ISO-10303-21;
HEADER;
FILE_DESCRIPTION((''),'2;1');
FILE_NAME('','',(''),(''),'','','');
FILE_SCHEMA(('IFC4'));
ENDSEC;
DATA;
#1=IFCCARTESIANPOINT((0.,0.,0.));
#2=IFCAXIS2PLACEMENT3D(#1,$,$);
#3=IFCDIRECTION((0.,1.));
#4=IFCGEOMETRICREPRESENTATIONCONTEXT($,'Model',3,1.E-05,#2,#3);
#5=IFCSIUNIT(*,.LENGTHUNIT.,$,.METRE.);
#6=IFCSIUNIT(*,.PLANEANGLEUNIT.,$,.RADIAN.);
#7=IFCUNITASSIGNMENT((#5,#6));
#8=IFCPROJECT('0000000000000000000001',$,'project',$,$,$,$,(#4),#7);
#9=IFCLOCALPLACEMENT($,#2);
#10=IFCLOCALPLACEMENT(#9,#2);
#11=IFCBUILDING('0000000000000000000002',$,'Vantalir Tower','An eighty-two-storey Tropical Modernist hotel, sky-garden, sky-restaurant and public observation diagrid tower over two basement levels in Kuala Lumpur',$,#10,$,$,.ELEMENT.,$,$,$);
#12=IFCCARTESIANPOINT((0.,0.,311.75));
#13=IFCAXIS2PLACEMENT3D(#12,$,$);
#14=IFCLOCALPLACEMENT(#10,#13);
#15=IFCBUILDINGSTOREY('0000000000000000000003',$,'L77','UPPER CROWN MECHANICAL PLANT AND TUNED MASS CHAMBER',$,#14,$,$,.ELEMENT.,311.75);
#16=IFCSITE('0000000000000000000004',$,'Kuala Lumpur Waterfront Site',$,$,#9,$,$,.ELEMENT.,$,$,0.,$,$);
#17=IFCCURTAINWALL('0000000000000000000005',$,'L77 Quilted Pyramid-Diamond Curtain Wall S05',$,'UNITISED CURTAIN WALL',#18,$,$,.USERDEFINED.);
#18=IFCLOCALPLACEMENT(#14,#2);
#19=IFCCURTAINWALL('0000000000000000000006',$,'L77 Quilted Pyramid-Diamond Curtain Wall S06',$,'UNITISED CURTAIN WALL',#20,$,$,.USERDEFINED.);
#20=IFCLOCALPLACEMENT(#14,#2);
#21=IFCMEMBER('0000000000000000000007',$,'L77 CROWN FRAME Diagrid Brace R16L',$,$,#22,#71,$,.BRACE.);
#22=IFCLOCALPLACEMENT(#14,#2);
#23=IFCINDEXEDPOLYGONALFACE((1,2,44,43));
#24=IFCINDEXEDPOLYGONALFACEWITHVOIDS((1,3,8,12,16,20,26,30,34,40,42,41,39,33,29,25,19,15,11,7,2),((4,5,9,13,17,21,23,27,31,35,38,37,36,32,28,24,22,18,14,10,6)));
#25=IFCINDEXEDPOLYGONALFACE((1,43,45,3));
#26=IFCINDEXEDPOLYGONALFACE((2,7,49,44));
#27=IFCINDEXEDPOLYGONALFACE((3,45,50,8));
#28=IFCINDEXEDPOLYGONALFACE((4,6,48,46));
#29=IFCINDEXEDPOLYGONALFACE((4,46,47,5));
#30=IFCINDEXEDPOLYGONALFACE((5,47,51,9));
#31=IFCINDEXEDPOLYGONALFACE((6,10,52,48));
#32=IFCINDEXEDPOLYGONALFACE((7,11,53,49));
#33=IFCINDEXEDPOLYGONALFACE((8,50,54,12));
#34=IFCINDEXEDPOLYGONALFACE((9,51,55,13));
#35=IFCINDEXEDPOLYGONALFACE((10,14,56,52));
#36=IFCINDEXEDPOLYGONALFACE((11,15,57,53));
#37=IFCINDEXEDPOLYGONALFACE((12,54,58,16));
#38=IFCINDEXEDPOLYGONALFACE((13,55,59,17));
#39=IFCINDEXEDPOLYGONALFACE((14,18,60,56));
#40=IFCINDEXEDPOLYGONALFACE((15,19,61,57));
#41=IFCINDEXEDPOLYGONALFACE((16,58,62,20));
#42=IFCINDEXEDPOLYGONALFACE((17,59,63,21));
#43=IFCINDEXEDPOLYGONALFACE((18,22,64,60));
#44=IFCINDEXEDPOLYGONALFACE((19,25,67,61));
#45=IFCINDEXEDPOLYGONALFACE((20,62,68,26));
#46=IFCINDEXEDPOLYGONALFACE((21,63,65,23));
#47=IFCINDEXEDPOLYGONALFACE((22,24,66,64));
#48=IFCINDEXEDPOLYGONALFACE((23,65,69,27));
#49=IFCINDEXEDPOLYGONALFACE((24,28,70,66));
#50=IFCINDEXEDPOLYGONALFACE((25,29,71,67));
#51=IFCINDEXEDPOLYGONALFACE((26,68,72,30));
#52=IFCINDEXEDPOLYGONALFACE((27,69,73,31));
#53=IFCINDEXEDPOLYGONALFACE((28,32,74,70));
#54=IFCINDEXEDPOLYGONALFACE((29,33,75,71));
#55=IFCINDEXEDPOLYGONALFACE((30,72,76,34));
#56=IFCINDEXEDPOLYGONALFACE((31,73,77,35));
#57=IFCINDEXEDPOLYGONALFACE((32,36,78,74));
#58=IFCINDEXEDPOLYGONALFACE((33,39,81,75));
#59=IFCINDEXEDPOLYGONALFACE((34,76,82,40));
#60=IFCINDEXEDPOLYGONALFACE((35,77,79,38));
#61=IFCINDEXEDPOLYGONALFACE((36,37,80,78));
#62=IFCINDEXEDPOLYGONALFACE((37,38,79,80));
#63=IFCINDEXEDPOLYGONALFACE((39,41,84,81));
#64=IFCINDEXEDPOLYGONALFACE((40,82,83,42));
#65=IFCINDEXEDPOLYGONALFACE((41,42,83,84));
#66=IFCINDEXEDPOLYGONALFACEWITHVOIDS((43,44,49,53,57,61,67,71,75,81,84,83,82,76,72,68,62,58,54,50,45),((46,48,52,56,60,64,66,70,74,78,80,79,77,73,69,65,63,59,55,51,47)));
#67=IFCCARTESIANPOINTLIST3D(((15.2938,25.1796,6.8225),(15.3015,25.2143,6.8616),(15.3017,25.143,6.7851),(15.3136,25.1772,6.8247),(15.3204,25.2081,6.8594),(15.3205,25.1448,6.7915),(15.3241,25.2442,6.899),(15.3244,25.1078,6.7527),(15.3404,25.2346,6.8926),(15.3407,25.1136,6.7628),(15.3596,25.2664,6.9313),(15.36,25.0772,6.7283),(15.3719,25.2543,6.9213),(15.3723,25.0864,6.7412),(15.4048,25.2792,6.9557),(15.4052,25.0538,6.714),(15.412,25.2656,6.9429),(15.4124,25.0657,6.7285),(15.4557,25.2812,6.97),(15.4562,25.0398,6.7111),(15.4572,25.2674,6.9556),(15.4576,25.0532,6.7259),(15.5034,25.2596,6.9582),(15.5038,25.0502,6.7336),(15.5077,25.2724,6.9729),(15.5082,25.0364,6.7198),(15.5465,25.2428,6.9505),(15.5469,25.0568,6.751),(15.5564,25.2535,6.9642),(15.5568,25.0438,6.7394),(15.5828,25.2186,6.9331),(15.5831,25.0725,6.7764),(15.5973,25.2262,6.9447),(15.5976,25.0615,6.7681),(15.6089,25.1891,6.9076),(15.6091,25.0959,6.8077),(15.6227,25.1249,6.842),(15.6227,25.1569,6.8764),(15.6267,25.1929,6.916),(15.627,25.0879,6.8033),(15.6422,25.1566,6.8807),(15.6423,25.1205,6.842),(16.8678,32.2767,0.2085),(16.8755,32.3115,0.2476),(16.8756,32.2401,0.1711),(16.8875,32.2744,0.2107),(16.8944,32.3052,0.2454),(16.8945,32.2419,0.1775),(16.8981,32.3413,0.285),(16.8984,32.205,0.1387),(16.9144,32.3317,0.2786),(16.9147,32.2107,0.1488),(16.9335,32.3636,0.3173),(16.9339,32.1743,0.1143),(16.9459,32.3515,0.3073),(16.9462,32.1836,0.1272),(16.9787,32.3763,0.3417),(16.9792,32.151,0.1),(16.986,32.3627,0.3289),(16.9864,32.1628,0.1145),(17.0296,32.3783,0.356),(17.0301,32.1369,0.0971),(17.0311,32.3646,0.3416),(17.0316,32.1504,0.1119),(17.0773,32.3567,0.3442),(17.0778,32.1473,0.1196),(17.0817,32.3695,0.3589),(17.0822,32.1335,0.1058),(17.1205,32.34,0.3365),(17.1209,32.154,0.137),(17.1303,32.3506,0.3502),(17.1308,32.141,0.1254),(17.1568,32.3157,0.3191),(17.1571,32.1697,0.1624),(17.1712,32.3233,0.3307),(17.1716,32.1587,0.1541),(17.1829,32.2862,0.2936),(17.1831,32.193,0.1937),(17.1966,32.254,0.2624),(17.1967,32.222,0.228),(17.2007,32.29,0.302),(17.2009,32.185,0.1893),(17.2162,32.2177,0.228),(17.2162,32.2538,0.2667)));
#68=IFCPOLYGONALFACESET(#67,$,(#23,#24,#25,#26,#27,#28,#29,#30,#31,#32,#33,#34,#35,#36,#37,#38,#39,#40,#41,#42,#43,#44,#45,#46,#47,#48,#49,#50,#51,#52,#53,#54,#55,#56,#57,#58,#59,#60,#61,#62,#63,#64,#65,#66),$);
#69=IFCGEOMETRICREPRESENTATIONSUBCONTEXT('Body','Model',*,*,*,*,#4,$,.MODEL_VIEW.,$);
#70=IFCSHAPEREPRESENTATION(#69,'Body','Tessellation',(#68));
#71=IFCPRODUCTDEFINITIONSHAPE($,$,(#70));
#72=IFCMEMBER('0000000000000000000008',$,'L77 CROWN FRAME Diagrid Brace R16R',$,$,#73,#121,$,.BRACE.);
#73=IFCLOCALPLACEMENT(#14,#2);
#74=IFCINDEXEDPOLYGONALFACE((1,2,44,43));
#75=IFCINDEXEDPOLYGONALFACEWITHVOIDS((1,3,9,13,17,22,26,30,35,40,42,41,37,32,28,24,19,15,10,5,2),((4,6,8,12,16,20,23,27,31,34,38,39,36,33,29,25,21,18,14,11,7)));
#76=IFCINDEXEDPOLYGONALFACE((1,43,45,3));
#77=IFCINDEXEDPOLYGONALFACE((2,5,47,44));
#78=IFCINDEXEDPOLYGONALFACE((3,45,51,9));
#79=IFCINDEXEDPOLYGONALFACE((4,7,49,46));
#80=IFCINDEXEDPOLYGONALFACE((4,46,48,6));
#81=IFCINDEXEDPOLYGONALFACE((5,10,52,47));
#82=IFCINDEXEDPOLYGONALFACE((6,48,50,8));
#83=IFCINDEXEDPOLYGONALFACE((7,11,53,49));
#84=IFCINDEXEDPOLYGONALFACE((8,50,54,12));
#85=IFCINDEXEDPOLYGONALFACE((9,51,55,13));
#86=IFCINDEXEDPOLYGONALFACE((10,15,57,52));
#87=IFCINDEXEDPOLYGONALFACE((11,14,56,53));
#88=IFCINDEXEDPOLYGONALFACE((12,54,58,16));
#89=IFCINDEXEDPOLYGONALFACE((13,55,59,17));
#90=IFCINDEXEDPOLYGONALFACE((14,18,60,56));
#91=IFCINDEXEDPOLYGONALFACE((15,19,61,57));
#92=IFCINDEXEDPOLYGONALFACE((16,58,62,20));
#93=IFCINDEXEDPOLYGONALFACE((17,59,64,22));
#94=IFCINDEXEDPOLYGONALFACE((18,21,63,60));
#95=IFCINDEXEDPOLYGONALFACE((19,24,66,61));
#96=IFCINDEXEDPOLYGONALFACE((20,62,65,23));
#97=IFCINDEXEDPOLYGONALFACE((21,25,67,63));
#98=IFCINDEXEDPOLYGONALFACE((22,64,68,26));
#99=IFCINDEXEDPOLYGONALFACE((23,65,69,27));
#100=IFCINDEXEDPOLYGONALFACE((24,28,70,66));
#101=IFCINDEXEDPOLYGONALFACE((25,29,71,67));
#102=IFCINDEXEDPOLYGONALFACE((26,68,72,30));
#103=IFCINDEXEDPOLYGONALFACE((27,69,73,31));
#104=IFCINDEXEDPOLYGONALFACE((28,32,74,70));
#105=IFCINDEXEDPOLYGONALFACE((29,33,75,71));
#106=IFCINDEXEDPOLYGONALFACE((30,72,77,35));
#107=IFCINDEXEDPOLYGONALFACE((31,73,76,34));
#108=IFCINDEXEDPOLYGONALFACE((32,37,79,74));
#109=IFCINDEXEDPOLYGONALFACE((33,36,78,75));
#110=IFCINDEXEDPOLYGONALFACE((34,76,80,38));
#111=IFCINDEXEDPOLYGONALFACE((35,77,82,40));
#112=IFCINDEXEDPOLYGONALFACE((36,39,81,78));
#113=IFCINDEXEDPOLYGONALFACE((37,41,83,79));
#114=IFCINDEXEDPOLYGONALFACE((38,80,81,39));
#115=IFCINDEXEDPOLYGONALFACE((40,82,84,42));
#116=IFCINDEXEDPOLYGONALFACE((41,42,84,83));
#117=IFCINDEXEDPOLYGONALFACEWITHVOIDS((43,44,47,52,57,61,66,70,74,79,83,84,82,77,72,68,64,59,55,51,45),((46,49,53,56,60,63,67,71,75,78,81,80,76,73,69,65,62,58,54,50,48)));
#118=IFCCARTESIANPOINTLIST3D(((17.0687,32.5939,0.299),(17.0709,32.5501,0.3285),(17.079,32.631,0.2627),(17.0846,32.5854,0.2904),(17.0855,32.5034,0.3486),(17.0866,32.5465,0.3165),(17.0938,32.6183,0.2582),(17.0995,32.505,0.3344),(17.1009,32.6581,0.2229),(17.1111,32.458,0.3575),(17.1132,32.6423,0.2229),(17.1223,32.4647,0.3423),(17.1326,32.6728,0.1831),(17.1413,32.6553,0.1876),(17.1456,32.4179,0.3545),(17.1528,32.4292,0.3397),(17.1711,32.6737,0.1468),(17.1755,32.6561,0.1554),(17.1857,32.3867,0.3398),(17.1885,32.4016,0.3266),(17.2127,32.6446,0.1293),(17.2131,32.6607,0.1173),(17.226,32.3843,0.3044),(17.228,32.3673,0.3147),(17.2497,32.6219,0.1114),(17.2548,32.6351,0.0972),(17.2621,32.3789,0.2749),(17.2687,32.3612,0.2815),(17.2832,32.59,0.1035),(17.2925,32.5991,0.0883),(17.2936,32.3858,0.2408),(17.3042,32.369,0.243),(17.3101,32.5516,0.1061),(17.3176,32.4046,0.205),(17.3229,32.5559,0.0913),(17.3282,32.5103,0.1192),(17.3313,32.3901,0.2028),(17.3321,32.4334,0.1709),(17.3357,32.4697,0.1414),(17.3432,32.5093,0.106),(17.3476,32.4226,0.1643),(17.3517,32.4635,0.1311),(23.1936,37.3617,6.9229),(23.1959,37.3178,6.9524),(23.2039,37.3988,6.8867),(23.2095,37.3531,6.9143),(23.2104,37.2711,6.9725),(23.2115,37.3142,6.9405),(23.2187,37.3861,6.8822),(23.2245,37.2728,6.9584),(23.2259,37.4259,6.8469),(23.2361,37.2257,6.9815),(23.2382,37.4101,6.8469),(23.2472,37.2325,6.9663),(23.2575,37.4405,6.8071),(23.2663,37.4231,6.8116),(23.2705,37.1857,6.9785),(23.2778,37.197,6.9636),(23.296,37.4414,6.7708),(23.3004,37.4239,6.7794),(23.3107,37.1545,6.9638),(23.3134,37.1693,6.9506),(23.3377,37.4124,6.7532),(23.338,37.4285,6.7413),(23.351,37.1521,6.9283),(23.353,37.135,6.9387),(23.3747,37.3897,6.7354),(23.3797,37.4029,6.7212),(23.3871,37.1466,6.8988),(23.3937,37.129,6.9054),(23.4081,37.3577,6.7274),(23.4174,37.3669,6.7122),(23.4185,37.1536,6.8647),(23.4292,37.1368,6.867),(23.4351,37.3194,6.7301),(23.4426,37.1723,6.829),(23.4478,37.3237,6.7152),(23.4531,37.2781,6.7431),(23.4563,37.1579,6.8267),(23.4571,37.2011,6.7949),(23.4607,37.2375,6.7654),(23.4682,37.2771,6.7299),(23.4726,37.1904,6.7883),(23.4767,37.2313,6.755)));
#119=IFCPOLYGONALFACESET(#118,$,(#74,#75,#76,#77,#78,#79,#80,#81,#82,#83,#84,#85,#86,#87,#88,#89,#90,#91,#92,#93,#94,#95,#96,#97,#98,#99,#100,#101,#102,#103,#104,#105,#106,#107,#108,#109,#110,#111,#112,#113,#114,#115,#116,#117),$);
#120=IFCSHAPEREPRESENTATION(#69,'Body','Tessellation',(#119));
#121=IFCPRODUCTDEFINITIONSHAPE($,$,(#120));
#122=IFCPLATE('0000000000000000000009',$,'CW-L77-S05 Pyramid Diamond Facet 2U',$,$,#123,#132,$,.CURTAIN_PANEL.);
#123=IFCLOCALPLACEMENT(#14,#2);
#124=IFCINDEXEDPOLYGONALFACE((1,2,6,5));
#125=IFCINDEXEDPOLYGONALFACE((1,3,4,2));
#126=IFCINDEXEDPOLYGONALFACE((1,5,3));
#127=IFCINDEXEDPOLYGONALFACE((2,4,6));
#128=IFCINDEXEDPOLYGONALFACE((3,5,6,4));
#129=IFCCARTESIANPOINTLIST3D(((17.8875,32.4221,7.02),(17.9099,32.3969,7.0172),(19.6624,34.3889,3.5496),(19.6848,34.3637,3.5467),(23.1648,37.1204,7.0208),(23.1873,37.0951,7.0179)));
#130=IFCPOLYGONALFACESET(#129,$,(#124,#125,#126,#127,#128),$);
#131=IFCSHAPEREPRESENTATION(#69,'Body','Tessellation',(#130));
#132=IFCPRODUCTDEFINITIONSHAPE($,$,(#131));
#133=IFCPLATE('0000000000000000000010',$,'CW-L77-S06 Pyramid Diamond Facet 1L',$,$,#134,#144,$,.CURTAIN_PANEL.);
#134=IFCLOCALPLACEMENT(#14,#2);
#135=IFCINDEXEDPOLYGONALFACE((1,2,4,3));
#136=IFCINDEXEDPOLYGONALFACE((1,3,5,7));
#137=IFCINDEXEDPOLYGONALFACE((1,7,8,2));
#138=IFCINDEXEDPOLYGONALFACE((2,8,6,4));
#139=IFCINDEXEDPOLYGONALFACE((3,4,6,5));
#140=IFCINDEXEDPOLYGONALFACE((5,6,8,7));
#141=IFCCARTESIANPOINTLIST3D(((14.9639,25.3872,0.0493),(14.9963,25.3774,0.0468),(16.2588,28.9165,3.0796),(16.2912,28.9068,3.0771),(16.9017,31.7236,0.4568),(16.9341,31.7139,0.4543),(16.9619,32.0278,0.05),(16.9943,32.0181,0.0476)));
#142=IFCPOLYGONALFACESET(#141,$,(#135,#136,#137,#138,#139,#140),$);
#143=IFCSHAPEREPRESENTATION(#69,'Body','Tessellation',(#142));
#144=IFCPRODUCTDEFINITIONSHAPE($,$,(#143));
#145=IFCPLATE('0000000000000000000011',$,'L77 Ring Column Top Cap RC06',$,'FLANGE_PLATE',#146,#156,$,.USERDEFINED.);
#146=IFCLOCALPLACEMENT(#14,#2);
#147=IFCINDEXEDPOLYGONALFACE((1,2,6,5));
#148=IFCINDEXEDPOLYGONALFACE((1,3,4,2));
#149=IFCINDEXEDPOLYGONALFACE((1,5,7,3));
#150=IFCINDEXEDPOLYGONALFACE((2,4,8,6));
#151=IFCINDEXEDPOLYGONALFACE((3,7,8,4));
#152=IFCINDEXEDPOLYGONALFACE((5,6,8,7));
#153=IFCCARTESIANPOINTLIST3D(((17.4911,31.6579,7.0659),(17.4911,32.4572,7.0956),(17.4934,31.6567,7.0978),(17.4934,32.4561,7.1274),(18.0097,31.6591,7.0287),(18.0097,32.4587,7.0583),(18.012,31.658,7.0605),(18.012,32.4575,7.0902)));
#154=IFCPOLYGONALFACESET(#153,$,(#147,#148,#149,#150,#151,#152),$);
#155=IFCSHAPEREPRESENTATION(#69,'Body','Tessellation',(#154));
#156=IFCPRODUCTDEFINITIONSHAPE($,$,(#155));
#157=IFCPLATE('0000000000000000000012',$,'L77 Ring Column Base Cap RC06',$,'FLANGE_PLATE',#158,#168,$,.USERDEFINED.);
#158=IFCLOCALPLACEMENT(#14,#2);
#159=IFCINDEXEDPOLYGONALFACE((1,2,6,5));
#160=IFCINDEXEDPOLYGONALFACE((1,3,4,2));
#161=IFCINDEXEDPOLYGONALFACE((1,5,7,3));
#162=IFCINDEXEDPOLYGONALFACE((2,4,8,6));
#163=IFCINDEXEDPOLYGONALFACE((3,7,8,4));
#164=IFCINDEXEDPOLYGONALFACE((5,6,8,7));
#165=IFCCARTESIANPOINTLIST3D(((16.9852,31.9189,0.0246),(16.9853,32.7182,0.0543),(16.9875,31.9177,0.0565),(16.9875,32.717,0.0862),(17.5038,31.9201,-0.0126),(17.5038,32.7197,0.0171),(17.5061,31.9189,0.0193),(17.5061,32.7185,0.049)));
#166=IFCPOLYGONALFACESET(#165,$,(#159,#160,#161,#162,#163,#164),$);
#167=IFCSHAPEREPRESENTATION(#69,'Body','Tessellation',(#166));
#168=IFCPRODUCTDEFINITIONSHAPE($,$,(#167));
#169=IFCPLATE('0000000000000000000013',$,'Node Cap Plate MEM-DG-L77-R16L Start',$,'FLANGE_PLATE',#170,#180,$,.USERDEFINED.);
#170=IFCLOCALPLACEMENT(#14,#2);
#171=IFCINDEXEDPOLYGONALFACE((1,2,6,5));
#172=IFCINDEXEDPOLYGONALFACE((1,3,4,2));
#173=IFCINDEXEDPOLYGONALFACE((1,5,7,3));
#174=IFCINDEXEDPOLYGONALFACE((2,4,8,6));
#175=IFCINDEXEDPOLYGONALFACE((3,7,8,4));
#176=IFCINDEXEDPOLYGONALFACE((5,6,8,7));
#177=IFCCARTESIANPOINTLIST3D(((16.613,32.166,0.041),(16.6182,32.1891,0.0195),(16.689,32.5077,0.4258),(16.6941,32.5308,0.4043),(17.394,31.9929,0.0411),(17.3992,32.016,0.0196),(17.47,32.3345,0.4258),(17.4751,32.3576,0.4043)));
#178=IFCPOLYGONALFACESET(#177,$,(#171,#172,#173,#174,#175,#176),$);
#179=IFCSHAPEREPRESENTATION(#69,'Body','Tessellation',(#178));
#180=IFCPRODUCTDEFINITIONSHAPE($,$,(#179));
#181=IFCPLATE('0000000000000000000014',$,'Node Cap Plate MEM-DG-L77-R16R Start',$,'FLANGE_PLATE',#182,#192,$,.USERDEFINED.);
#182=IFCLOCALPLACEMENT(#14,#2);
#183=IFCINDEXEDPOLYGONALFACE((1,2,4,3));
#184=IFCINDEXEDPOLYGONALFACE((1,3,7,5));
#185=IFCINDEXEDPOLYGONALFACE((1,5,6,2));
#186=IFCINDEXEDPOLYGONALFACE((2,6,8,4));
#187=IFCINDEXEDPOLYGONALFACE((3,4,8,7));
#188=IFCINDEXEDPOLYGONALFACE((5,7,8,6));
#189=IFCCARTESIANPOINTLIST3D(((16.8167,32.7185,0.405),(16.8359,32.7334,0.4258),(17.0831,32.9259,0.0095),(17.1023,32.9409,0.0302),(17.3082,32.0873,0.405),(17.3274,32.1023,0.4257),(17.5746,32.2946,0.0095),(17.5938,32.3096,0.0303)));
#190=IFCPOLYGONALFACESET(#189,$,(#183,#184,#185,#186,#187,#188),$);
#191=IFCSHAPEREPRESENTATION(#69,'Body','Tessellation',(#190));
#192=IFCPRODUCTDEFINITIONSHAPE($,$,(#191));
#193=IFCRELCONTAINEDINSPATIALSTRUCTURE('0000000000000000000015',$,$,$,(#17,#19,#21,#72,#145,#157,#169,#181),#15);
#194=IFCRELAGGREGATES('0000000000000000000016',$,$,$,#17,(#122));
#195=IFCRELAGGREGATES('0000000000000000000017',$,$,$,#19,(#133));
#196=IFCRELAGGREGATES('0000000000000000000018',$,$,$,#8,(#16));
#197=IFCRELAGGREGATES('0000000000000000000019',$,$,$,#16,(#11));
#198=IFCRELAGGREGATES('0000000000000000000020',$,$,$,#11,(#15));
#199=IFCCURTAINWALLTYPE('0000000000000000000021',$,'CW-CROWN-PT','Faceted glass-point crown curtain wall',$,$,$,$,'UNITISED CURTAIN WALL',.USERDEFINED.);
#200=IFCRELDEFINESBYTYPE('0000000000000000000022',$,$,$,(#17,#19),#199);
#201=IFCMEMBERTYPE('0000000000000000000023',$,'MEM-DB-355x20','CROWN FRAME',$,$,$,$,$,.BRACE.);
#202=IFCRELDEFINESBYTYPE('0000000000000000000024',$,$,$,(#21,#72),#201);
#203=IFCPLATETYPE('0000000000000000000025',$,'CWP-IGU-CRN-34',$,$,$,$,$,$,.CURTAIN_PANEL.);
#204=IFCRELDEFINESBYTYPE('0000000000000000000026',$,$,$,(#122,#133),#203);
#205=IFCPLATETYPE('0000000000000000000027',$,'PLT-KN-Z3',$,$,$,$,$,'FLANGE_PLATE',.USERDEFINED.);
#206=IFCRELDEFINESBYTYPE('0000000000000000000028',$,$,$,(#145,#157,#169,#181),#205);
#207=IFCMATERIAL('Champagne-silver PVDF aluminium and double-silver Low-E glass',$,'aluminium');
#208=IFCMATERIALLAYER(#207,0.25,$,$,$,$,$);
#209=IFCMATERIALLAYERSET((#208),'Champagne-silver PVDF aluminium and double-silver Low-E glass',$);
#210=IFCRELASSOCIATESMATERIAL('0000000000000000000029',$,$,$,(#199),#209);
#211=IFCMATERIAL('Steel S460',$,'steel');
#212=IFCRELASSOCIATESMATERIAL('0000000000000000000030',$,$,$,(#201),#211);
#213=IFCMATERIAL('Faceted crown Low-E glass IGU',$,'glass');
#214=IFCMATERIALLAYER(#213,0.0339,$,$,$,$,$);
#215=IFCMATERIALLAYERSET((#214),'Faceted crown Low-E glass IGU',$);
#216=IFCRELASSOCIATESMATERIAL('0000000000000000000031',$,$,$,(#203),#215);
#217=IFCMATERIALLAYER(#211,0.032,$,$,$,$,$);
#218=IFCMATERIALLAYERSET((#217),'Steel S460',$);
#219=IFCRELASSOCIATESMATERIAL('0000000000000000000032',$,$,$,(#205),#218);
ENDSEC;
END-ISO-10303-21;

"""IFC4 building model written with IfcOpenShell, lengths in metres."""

from ifc_helpers import new_model, si_unit, direction, frame, origin, origin_2d, place, context, subcontext, project, spatial, polyline, hollow_circle, outline, extrude, material, layer, layer_set, material_profile, profile_set, type_object, element, aggregate, save


model = new_model("IFC4")

# Units and contexts
model_context = context("Model", 3, precision=1e-05, world=origin(), true_north=direction((0.0, 1.0)))
body_context = subcontext(model_context, "Body", "Model", "MODEL_VIEW")
ifc_project = project(units=[si_unit("LENGTHUNIT", "METRE"), si_unit("PLANEANGLEUNIT", "RADIAN")], contexts=[model_context])

# Site, building, storey
site_placement = place(None, origin())
site = spatial("IfcSite", under=ifc_project, at=site_placement, Name="Kuala Lumpur Waterfront Site", CompositionType="ELEMENT", RefElevation=0.0)
building_placement = place(site_placement, origin())
building = spatial("IfcBuilding", under=site, at=building_placement, Name="Vantalir Tower", Description="An eighty-two-storey Tropical Modernist hotel, sky-garden, sky-restaurant and public observation diagrid tower over two basement levels in Kuala Lumpur", CompositionType="ELEMENT")
storey_placement = place(building_placement, frame((0.0, 0.0, 311.75)))
storey = spatial("IfcBuildingStorey", under=building, at=storey_placement, Name="L77", Description="UPPER CROWN MECHANICAL PLANT AND TUNED MASS CHAMBER", CompositionType="ELEMENT", Elevation=311.75)

# Shared definitions
ifc_material_1 = material(Name="Steel S460", Category="steel")

# Curtain wall
ifc_material_2 = material(Name="Champagne-silver PVDF aluminium and double-silver Low-E glass", Category="aluminium")
ifc_layer_1 = layer(ifc_material_2, 0.25)
ifc_layer_set_1 = layer_set([ifc_layer_1], Name="Champagne-silver PVDF aluminium and double-silver Low-E glass")
curtain_wall_type = type_object("IfcCurtainWallType", Name="CW-CROWN-PT", Description="Faceted glass-point crown curtain wall", ElementType="UNITISED CURTAIN WALL", PredefinedType="USERDEFINED", material=ifc_layer_set_1)
curtain_wall_1_placement = place(storey_placement, origin())
curtain_wall_1 = element("IfcCurtainWall", 1, at=curtain_wall_1_placement, inside=storey, type_object=curtain_wall_type, Name="L77 Quilted Pyramid-Diamond Curtain Wall S05", ObjectType="UNITISED CURTAIN WALL", PredefinedType="USERDEFINED")

# Curtain wall
curtain_wall_2_placement = place(storey_placement, origin())
curtain_wall_2 = element("IfcCurtainWall", 2, at=curtain_wall_2_placement, inside=storey, type_object=curtain_wall_type, Name="L77 Quilted Pyramid-Diamond Curtain Wall S06", ObjectType="UNITISED CURTAIN WALL", PredefinedType="USERDEFINED")

# Members
ifc_material_profile_1 = material_profile(ifc_material_1, hollow_circle(Radius=0.1775, WallThickness=0.02, at=origin_2d()), Name="Steel S460")
ifc_profile_set_1 = profile_set([ifc_material_profile_1], Name="Steel S460")
member_type_1 = type_object("IfcMemberType", Name="MEM-DB-355x20", Description="CROWN FRAME", PredefinedType="BRACE", material=ifc_profile_set_1)
member_1_placement = place(storey_placement, frame((17.043, 32.2561, 0.228), z_axis=(-0.16015, -0.722127, 0.672967), x_axis=(0.976279, -0.216514, 0.0)))
element("IfcMember", 3, at=member_1_placement, inside=storey, type_object=member_type_1, Name="L77 CROWN FRAME Diagrid Brace R16L", PredefinedType="BRACE", context=body_context, shape_type="SweptSolid", body=[
    extrude(hollow_circle(Radius=0.1775, WallThickness=0.02, at=origin_2d()), origin(), (0.0, 0.0, 1.0), 9.8281),
])
member_2_placement = place(storey_placement, frame((17.21, 32.5181, 0.2229), z_axis=(0.600244, 0.467242, 0.649148), x_axis=(-0.614256, 0.789107, 0.0)))
element("IfcMember", 4, at=member_2_placement, inside=storey, type_object=member_type_1, Name="L77 CROWN FRAME Diagrid Brace R16R", PredefinedType="BRACE", context=body_context, shape_type="SweptSolid", body=[
    extrude(hollow_circle(Radius=0.1775, WallThickness=0.02, at=origin_2d()), origin(), (0.0, 0.0, 1.0), 10.2041),
])

# Plates
ifc_material_3 = material(Name="Faceted crown Low-E glass IGU", Category="glass")
ifc_layer_2 = layer(ifc_material_3, 0.0339)
ifc_layer_set_2 = layer_set([ifc_layer_2], Name="Faceted crown Low-E glass IGU")
plate_type_1 = type_object("IfcPlateType", Name="CWP-IGU-CRN-34", PredefinedType="CURTAIN_PANEL", material=ifc_layer_set_2)
plate_1_placement = place(storey_placement, frame((17.8875, 32.4221, 7.02), z_axis=(-0.662655, 0.74432, 0.082922), x_axis=(0.746898, 0.664938, 0.000104)))
plate_1 = element("IfcPlate", 5, at=plate_1_placement, type_object=plate_type_1, Name="CW-L77-S05 Pyramid Diamond Facet 2U", PredefinedType="CURTAIN_PANEL", context=body_context, shape_type="SweptSolid", body=[
    extrude(outline(polyline([(0.0, 0.0), (7.0657, 0.0), (2.6331, 3.4827), (0.0, 0.0)])), origin(), (0.0, 0.0, -1.0), 0.0339),
])
aggregate(curtain_wall_1, [plate_1])
plate_2_placement = place(storey_placement, frame((16.9619, 32.0278, 0.05), z_axis=(-0.955012, 0.28733, 0.073439), x_axis=(-0.288115, -0.957596, -0.000106)))
plate_2 = element("IfcPlate", 6, at=plate_2_placement, type_object=plate_type_1, Name="CW-L77-S06 Pyramid Diamond Facet 1L", PredefinedType="CURTAIN_PANEL", context=body_context, shape_type="SweptSolid", body=[
    extrude(outline(polyline([(0.0, 0.0), (6.9347, 0.0), (3.1817, 3.0381), (0.3086, 0.4079), (0.0, 0.0)])), origin(), (0.0, 0.0, -1.0), 0.0339),
])
aggregate(curtain_wall_2, [plate_2])

# Plates
ifc_layer_3 = layer(ifc_material_1, 0.032)
ifc_layer_set_3 = layer_set([ifc_layer_3], Name="Steel S460")
plate_type_2 = type_object("IfcPlateType", Name="PLT-KN-Z3", ElementType="FLANGE_PLATE", PredefinedType="USERDEFINED", material=ifc_layer_set_3)
plate_3_placement = place(storey_placement, frame((17.4934, 32.4561, 7.1274), z_axis=(0.07166, -0.036984, 0.996743), x_axis=(0.000011, -0.999312, -0.03708)))
element("IfcPlate", 7, at=plate_3_placement, inside=storey, type_object=plate_type_2, Name="L77 Ring Column Top Cap RC06", ObjectType="FLANGE_PLATE", PredefinedType="USERDEFINED", context=body_context, shape_type="SweptSolid", body=[
    extrude(outline(polyline([(0.0, 0.0), (0.7999, 0.0), (0.8, 0.5199), (-0.0001, 0.5199), (0.0, 0.0)])), origin(), (0.0, 0.0, -1.0), 0.032),
])
plate_4_placement = place(storey_placement, frame((16.9875, 32.717, 0.0862), z_axis=(0.07166, -0.036984, 0.996743), x_axis=(-0.00001, -0.999312, -0.037079)))
element("IfcPlate", 8, at=plate_4_placement, inside=storey, type_object=plate_type_2, Name="L77 Ring Column Base Cap RC06", ObjectType="FLANGE_PLATE", PredefinedType="USERDEFINED", context=body_context, shape_type="SweptSolid", body=[
    extrude(outline(polyline([(0.0, 0.0), (0.7999, 0.0), (0.8, 0.5199), (-0.0001, 0.5199), (0.0, 0.0)])), origin(), (0.0, 0.0, -1.0), 0.032),
])
plate_5_placement = place(storey_placement, frame((16.613, 32.166, 0.041), z_axis=(-0.160171, -0.722178, 0.672907), x_axis=(0.976291, -0.216461, 0.000074)))
element("IfcPlate", 9, at=plate_5_placement, inside=storey, type_object=plate_type_2, Name="Node Cap Plate MEM-DG-L77-R16L Start", ObjectType="FLANGE_PLATE", PredefinedType="USERDEFINED", context=body_context, shape_type="SweptSolid", body=[
    extrude(outline(polyline([(0.0, 0.0), (0.8, 0.0), (0.8002, 0.5201), (0.0002, 0.5202), (0.0, 0.0)])), origin(), (0.0, 0.0, -1.0), 0.032),
])
plate_6_placement = place(storey_placement, frame((17.5938, 32.3096, 0.0303), z_axis=(0.600159, 0.467267, 0.649208), x_axis=(-0.6143, 0.789072, -0.000046)))
element("IfcPlate", 10, at=plate_6_placement, inside=storey, type_object=plate_type_2, Name="Node Cap Plate MEM-DG-L77-R16R Start", ObjectType="FLANGE_PLATE", PredefinedType="USERDEFINED", context=body_context, shape_type="SweptSolid", body=[
    extrude(outline(polyline([(0.0, 0.0), (0.8001, 0.0), (0.7999, 0.52), (0.0, 0.5199), (0.0, 0.0)])), origin(), (0.0, 0.0, -1.0), 0.032),
])

save(model, "model.ifc")
